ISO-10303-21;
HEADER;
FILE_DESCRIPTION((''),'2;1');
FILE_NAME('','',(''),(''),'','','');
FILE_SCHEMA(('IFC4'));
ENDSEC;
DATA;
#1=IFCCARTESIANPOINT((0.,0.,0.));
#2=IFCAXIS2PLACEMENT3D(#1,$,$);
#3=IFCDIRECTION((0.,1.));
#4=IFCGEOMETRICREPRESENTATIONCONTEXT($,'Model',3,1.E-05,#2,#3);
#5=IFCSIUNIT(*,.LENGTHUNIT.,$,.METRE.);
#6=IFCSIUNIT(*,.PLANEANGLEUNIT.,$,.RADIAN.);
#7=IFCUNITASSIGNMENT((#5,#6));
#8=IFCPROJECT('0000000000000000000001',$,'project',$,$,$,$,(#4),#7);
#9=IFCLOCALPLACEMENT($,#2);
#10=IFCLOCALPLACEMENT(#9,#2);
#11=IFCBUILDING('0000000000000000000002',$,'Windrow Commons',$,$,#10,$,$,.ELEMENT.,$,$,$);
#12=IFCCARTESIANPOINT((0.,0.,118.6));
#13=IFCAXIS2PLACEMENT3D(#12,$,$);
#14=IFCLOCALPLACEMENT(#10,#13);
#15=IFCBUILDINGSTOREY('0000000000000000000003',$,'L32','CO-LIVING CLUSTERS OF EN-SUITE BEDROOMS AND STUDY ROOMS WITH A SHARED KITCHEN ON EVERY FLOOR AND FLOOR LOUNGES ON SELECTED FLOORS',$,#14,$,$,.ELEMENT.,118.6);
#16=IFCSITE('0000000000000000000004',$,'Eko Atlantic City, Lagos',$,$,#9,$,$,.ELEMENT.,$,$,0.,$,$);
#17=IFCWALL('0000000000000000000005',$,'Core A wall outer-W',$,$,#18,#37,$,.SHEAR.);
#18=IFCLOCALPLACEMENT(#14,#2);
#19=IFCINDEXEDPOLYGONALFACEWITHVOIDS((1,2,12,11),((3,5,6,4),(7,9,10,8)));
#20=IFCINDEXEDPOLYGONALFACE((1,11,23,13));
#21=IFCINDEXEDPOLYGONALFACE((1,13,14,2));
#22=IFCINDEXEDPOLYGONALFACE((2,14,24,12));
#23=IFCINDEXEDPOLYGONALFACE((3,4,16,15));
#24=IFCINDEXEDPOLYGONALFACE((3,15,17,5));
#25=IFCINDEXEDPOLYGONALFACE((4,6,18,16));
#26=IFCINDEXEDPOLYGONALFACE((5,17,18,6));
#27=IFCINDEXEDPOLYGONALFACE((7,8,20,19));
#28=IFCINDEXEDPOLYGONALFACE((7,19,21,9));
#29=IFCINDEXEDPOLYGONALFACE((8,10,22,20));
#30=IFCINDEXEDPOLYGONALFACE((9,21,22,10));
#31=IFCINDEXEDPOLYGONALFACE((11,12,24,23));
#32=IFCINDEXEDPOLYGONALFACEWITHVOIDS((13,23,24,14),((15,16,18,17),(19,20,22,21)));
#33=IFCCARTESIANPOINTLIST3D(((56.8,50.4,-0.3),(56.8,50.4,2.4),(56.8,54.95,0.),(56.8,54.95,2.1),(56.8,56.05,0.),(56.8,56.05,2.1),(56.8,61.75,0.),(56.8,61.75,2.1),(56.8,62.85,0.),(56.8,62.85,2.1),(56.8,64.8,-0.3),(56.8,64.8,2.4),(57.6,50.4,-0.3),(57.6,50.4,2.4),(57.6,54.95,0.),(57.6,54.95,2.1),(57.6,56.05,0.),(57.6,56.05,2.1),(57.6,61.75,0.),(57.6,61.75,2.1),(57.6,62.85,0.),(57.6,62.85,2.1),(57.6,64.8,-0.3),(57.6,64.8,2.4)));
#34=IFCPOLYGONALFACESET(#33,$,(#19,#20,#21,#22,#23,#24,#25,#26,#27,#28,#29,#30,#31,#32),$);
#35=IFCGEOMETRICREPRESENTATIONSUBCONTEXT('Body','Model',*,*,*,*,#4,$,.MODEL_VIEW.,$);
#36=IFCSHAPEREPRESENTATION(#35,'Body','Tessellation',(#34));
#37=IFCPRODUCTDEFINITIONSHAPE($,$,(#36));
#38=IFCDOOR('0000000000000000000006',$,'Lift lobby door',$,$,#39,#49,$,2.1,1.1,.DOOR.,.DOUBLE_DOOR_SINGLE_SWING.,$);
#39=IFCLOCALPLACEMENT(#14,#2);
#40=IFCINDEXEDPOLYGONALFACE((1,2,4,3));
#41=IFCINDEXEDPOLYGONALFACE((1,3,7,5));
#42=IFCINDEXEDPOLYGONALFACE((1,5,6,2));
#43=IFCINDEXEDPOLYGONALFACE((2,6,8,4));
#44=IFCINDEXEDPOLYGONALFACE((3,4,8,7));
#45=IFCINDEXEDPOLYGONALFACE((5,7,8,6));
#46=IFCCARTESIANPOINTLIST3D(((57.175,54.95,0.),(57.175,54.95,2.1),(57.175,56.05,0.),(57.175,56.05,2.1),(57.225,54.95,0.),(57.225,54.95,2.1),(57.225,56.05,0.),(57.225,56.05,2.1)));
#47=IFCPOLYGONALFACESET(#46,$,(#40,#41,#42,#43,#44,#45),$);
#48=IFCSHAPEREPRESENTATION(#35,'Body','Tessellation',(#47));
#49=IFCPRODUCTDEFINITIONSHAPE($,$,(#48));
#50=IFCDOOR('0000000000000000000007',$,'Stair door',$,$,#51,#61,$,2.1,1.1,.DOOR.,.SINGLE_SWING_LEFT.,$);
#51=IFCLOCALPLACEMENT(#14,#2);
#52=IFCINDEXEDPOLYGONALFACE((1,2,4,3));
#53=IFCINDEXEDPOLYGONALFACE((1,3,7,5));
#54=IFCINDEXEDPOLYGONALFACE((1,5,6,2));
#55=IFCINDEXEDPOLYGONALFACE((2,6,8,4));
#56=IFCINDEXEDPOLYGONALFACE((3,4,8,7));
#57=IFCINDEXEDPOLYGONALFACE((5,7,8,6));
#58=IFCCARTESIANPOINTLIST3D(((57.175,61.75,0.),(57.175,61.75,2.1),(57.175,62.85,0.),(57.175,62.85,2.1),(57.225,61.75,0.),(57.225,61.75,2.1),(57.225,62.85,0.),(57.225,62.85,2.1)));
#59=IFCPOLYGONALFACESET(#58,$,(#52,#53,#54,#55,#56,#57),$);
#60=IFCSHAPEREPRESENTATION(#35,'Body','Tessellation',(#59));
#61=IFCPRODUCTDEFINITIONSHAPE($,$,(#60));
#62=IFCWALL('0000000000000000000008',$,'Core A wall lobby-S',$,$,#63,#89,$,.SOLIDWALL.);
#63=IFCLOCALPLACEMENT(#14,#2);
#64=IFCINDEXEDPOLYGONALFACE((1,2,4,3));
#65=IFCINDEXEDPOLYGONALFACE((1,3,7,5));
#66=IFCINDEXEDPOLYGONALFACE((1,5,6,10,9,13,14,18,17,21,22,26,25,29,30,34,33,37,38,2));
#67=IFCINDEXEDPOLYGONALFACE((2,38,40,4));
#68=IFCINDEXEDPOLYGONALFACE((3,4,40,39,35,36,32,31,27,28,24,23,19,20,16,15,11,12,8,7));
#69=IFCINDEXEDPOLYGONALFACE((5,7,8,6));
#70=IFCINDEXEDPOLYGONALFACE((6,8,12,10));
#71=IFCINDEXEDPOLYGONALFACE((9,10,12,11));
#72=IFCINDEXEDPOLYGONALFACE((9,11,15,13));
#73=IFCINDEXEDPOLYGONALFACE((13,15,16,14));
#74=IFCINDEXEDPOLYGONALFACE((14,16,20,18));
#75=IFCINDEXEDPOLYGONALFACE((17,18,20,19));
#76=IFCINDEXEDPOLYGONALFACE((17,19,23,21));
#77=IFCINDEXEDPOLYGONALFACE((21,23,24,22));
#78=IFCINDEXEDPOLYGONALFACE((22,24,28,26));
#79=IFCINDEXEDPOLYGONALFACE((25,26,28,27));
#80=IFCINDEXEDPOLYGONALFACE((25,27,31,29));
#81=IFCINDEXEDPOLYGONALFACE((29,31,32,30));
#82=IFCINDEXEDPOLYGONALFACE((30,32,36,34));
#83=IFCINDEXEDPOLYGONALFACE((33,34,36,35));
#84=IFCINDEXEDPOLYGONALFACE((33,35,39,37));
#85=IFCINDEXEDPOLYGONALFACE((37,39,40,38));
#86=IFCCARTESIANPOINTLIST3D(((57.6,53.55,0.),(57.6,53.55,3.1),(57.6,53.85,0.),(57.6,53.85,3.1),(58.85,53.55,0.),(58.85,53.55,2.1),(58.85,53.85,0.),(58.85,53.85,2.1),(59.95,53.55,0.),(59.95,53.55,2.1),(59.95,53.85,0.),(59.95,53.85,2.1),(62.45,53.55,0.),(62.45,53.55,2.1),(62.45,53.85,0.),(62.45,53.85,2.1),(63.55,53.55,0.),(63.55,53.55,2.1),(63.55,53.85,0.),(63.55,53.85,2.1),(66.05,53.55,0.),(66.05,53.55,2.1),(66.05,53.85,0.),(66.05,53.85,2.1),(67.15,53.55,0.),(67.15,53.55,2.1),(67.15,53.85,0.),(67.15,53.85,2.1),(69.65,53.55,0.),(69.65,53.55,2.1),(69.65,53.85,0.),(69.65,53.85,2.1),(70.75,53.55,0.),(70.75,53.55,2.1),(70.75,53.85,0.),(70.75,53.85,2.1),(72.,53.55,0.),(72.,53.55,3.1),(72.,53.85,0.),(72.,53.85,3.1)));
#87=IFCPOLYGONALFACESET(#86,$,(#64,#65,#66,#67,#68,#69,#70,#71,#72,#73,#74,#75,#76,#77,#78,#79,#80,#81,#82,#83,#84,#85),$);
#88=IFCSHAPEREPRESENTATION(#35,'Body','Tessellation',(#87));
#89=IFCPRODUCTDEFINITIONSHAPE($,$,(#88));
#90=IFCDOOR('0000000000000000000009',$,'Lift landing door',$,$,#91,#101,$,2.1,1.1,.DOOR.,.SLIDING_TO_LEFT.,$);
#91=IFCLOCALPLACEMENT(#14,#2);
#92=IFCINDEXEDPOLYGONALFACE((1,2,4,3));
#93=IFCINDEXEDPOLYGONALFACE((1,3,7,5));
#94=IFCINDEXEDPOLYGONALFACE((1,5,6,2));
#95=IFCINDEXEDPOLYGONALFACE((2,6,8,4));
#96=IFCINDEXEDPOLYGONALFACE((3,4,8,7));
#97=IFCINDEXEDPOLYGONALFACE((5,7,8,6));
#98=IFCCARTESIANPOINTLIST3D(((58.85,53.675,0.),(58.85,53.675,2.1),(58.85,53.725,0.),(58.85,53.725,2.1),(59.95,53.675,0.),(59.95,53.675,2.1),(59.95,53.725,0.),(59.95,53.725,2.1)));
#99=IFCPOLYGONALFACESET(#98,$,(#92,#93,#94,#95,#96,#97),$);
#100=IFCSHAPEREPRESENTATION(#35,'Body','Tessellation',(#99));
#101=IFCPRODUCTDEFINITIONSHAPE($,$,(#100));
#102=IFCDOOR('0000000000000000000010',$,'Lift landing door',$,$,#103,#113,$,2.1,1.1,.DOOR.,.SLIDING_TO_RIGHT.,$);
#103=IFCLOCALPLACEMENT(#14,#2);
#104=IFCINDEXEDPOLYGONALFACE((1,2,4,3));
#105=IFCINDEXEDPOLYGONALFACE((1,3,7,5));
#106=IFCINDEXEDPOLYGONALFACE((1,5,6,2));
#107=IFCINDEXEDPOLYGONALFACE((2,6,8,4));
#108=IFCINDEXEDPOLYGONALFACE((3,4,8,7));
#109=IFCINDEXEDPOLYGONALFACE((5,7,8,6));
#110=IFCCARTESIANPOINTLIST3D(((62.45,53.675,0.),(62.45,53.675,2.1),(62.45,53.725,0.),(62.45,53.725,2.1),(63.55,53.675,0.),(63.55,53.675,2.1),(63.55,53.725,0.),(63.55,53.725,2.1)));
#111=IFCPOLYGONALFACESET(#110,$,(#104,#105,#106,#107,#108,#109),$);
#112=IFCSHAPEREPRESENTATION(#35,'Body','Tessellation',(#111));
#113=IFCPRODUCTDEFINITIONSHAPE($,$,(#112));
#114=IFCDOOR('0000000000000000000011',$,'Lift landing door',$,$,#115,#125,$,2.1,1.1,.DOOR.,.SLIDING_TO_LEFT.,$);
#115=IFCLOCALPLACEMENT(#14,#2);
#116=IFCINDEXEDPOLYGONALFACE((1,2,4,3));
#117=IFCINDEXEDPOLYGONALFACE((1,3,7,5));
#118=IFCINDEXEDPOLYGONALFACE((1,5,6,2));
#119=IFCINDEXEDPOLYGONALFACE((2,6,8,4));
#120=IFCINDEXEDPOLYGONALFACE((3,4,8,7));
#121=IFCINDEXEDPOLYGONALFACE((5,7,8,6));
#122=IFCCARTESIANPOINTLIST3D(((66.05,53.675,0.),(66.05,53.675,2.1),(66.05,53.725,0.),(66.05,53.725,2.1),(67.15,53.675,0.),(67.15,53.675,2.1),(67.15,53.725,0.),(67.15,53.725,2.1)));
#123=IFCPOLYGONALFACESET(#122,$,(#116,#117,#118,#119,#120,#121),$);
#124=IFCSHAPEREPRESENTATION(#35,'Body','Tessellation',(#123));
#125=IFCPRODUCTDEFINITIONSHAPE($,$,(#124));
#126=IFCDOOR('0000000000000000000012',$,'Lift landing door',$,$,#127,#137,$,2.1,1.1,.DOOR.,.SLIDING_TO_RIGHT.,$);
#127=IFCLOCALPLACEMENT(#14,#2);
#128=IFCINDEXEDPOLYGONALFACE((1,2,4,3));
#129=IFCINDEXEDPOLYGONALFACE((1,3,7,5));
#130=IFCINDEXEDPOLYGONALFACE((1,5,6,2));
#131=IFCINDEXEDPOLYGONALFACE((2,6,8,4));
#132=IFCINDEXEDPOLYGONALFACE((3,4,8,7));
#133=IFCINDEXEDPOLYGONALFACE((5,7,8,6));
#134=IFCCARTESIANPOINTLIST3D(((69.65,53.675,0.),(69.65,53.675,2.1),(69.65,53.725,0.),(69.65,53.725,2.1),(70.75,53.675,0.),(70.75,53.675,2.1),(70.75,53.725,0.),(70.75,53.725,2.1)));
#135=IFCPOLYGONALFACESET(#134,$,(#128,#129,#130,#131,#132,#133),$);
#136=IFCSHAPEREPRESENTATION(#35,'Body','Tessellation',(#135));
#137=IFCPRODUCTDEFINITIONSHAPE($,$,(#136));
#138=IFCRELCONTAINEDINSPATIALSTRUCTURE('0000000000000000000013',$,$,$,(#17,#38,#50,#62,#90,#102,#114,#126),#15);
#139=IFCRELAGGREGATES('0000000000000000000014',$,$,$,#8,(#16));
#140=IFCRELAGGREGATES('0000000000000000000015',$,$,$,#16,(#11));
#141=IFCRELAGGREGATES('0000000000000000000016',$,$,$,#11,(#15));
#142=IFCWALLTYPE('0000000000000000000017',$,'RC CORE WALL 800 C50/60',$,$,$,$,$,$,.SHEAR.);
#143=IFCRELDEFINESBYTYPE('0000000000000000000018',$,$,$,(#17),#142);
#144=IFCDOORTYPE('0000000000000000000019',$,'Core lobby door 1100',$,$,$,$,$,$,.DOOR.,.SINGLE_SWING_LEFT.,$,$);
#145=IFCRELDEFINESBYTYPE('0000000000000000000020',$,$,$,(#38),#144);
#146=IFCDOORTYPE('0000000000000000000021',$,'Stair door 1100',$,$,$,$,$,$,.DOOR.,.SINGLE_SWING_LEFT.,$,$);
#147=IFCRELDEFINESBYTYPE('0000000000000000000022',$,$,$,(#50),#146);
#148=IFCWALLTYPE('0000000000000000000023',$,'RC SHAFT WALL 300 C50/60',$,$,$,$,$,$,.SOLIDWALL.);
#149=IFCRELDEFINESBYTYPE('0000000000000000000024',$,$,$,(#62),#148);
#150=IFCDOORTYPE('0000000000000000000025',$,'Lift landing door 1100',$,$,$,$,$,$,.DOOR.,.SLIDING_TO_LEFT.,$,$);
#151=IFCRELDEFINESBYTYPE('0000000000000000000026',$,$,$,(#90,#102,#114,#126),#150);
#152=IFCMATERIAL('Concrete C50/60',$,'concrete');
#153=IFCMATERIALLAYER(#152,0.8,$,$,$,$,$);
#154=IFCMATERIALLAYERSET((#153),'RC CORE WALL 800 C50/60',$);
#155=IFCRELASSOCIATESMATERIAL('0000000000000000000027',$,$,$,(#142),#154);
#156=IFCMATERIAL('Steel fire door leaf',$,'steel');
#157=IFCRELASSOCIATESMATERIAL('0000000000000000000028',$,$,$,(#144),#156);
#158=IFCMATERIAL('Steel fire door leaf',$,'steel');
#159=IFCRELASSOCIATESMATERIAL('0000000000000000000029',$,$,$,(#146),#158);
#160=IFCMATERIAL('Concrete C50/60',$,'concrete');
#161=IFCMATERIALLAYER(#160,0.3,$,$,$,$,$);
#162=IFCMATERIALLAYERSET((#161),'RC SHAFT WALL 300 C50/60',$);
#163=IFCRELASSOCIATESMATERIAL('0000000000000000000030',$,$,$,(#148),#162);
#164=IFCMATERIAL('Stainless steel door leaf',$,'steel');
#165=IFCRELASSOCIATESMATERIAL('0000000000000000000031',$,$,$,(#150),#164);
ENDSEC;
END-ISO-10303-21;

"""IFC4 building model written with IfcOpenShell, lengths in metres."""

from ifc_helpers import new_model, si_unit, direction, frame, frame_2d, origin, place, context, subcontext, project, spatial, rectangle, extrude, material, layer, layer_set, type_object, element, fill, save


model = new_model("IFC4")

# Units and contexts
model_context = context("Model", 3, precision=1e-05, world=origin(), true_north=direction((0.0, 1.0)))
body_context = subcontext(model_context, "Body", "Model", "MODEL_VIEW")
ifc_project = project(units=[si_unit("LENGTHUNIT", "METRE"), si_unit("PLANEANGLEUNIT", "RADIAN")], contexts=[model_context])

# Site, building, storey
site_placement = place(None, origin())
site = spatial("IfcSite", under=ifc_project, at=site_placement, Name="Eko Atlantic City, Lagos", CompositionType="ELEMENT", RefElevation=0.0)
building_placement = place(site_placement, origin())
building = spatial("IfcBuilding", under=site, at=building_placement, Name="Windrow Commons", CompositionType="ELEMENT")
storey_placement = place(building_placement, frame((0.0, 0.0, 118.6)))
storey = spatial("IfcBuildingStorey", under=building, at=storey_placement, Name="L32", Description="CO-LIVING CLUSTERS OF EN-SUITE BEDROOMS AND STUDY ROOMS WITH A SHARED KITCHEN ON EVERY FLOOR AND FLOOR LOUNGES ON SELECTED FLOORS", CompositionType="ELEMENT", Elevation=118.6)

# Shared definitions
ifc_material_1 = material(Name="Concrete C50/60", Category="concrete")
ifc_layer_1 = layer(ifc_material_1, 0.8)
ifc_layer_set_1 = layer_set([ifc_layer_1], Name="RC CORE WALL 800 C50/60")
wall_type_1 = type_object("IfcWallType", Name="RC CORE WALL 800 C50/60", PredefinedType="SHEAR", material=ifc_layer_set_1)

# Walls, openings, doors
wall_1_placement = place(storey_placement, frame((57.2, 50.4, -0.3), z_axis=(0.0, 0.0, 1.0), x_axis=(0.0, 1.0, 0.0)))
wall_1 = element("IfcWall", 1, at=wall_1_placement, inside=storey, type_object=wall_type_1, Name="Core A wall outer-W", PredefinedType="SHEAR", context=body_context, shape_type="SweptSolid", body=[
    extrude(rectangle(XDim=14.4, YDim=0.8, at=frame_2d((7.2, 0.0))), origin(), (0.0, 0.0, 1.0), 2.7),
])
opening_1_placement = place(wall_1_placement, frame((4.55, 0.0, 0.3)))
opening_1 = element("IfcOpeningElement", 2, at=opening_1_placement, cuts=wall_1, PredefinedType="OPENING", context=body_context, shape_type="SweptSolid", body=[
    extrude(rectangle(XDim=1.1, YDim=2.1, at=frame_2d((0.55, 1.05))), frame((0.0, 0.41, 0.0), z_axis=(0.0, -1.0, 0.0), x_axis=(1.0, 0.0, 0.0)), (0.0, 0.0, 1.0), 0.82),
])
opening_2_placement = place(wall_1_placement, frame((11.35, 0.0, 0.3)))
opening_2 = element("IfcOpeningElement", 3, at=opening_2_placement, cuts=wall_1, PredefinedType="OPENING", context=body_context, shape_type="SweptSolid", body=[
    extrude(rectangle(XDim=1.1, YDim=2.1, at=frame_2d((0.55, 1.05))), frame((0.0, 0.41, 0.0), z_axis=(0.0, -1.0, 0.0), x_axis=(1.0, 0.0, 0.0)), (0.0, 0.0, 1.0), 0.82),
])
ifc_material_2 = material(Name="Steel fire door leaf", Category="steel")
door_type_1 = type_object("IfcDoorType", Name="Core lobby door 1100", OperationType="SINGLE_SWING_LEFT", PredefinedType="DOOR", material=ifc_material_2)
door_1_placement = place(opening_1_placement, origin())
door_1 = element("IfcDoor", 4, at=door_1_placement, inside=storey, type_object=door_type_1, Name="Lift lobby door", OperationType="DOUBLE_DOOR_SINGLE_SWING", OverallHeight=2.1, OverallWidth=1.1, PredefinedType="DOOR", context=body_context, shape_type="SweptSolid", body=[
    extrude(rectangle(XDim=1.1, YDim=2.1, at=frame_2d((0.55, 1.05))), frame((0.0, 0.025, 0.0), z_axis=(0.0, -1.0, 0.0), x_axis=(1.0, 0.0, 0.0)), (0.0, 0.0, 1.0), 0.05),
])
fill(opening_1, door_1)
ifc_material_3 = material(Name="Steel fire door leaf", Category="steel")
door_type_2 = type_object("IfcDoorType", Name="Stair door 1100", OperationType="SINGLE_SWING_LEFT", PredefinedType="DOOR", material=ifc_material_3)
door_2_placement = place(opening_2_placement, origin())
door_2 = element("IfcDoor", 5, at=door_2_placement, inside=storey, type_object=door_type_2, Name="Stair door", OperationType="SINGLE_SWING_LEFT", OverallHeight=2.1, OverallWidth=1.1, PredefinedType="DOOR", context=body_context, shape_type="SweptSolid", body=[
    extrude(rectangle(XDim=1.1, YDim=2.1, at=frame_2d((0.55, 1.05))), frame((0.0, 0.025, 0.0), z_axis=(0.0, -1.0, 0.0), x_axis=(1.0, 0.0, 0.0)), (0.0, 0.0, 1.0), 0.05),
])
fill(opening_2, door_2)
ifc_material_4 = material(Name="Concrete C50/60", Category="concrete")
ifc_layer_2 = layer(ifc_material_4, 0.3)
ifc_layer_set_2 = layer_set([ifc_layer_2], Name="RC SHAFT WALL 300 C50/60")
wall_type_2 = type_object("IfcWallType", Name="RC SHAFT WALL 300 C50/60", PredefinedType="SOLIDWALL", material=ifc_layer_set_2)
wall_2_placement = place(storey_placement, frame((57.6, 53.7, 0.0), z_axis=(0.0, 0.0, 1.0), x_axis=(1.0, 0.0, 0.0)))
wall_2 = element("IfcWall", 6, at=wall_2_placement, inside=storey, type_object=wall_type_2, Name="Core A wall lobby-S", PredefinedType="SOLIDWALL", context=body_context, shape_type="SweptSolid", body=[
    extrude(rectangle(XDim=14.4, YDim=0.3, at=frame_2d((7.2, 0.0))), origin(), (0.0, 0.0, 1.0), 3.1),
])
opening_3_placement = place(wall_2_placement, frame((1.25, 0.0, 0.0)))
opening_3 = element("IfcOpeningElement", 7, at=opening_3_placement, cuts=wall_2, PredefinedType="OPENING", context=body_context, shape_type="SweptSolid", body=[
    extrude(rectangle(XDim=1.1, YDim=2.1, at=frame_2d((0.55, 1.05))), frame((0.0, 0.16, 0.0), z_axis=(0.0, -1.0, 0.0), x_axis=(1.0, 0.0, 0.0)), (0.0, 0.0, 1.0), 0.32),
])
opening_4_placement = place(wall_2_placement, frame((4.85, 0.0, 0.0)))
opening_4 = element("IfcOpeningElement", 8, at=opening_4_placement, cuts=wall_2, PredefinedType="OPENING", context=body_context, shape_type="SweptSolid", body=[
    extrude(rectangle(XDim=1.1, YDim=2.1, at=frame_2d((0.55, 1.05))), frame((0.0, 0.16, 0.0), z_axis=(0.0, -1.0, 0.0), x_axis=(1.0, 0.0, 0.0)), (0.0, 0.0, 1.0), 0.32),
])
opening_5_placement = place(wall_2_placement, frame((8.45, 0.0, 0.0)))
opening_5 = element("IfcOpeningElement", 9, at=opening_5_placement, cuts=wall_2, PredefinedType="OPENING", context=body_context, shape_type="SweptSolid", body=[
    extrude(rectangle(XDim=1.1, YDim=2.1, at=frame_2d((0.55, 1.05))), frame((0.0, 0.16, 0.0), z_axis=(0.0, -1.0, 0.0), x_axis=(1.0, 0.0, 0.0)), (0.0, 0.0, 1.0), 0.32),
])
opening_6_placement = place(wall_2_placement, frame((12.05, 0.0, 0.0)))
opening_6 = element("IfcOpeningElement", 10, at=opening_6_placement, cuts=wall_2, PredefinedType="OPENING", context=body_context, shape_type="SweptSolid", body=[
    extrude(rectangle(XDim=1.1, YDim=2.1, at=frame_2d((0.55, 1.05))), frame((0.0, 0.16, 0.0), z_axis=(0.0, -1.0, 0.0), x_axis=(1.0, 0.0, 0.0)), (0.0, 0.0, 1.0), 0.32),
])
ifc_material_5 = material(Name="Stainless steel door leaf", Category="steel")
door_type_3 = type_object("IfcDoorType", Name="Lift landing door 1100", OperationType="SLIDING_TO_LEFT", PredefinedType="DOOR", material=ifc_material_5)
door_3_placement = place(opening_3_placement, origin())
door_3 = element("IfcDoor", 11, at=door_3_placement, inside=storey, type_object=door_type_3, Name="Lift landing door", OperationType="SLIDING_TO_LEFT", OverallHeight=2.1, OverallWidth=1.1, PredefinedType="DOOR", context=body_context, shape_type="SweptSolid", body=[
    extrude(rectangle(XDim=1.1, YDim=2.1, at=frame_2d((0.55, 1.05))), frame((0.0, 0.025, 0.0), z_axis=(0.0, -1.0, 0.0), x_axis=(1.0, 0.0, 0.0)), (0.0, 0.0, 1.0), 0.05),
])
fill(opening_3, door_3)
door_4_placement = place(opening_4_placement, origin())
door_4 = element("IfcDoor", 12, at=door_4_placement, inside=storey, type_object=door_type_3, Name="Lift landing door", OperationType="SLIDING_TO_RIGHT", OverallHeight=2.1, OverallWidth=1.1, PredefinedType="DOOR", context=body_context, shape_type="SweptSolid", body=[
    extrude(rectangle(XDim=1.1, YDim=2.1, at=frame_2d((0.55, 1.05))), frame((0.0, 0.025, 0.0), z_axis=(0.0, -1.0, 0.0), x_axis=(1.0, 0.0, 0.0)), (0.0, 0.0, 1.0), 0.05),
])
fill(opening_4, door_4)
door_5_placement = place(opening_5_placement, origin())
door_5 = element("IfcDoor", 13, at=door_5_placement, inside=storey, type_object=door_type_3, Name="Lift landing door", OperationType="SLIDING_TO_LEFT", OverallHeight=2.1, OverallWidth=1.1, PredefinedType="DOOR", context=body_context, shape_type="SweptSolid", body=[
    extrude(rectangle(XDim=1.1, YDim=2.1, at=frame_2d((0.55, 1.05))), frame((0.0, 0.025, 0.0), z_axis=(0.0, -1.0, 0.0), x_axis=(1.0, 0.0, 0.0)), (0.0, 0.0, 1.0), 0.05),
])
fill(opening_5, door_5)
door_6_placement = place(opening_6_placement, origin())
door_6 = element("IfcDoor", 14, at=door_6_placement, inside=storey, type_object=door_type_3, Name="Lift landing door", OperationType="SLIDING_TO_RIGHT", OverallHeight=2.1, OverallWidth=1.1, PredefinedType="DOOR", context=body_context, shape_type="SweptSolid", body=[
    extrude(rectangle(XDim=1.1, YDim=2.1, at=frame_2d((0.55, 1.05))), frame((0.0, 0.025, 0.0), z_axis=(0.0, -1.0, 0.0), x_axis=(1.0, 0.0, 0.0)), (0.0, 0.0, 1.0), 0.05),
])
fill(opening_6, door_6)

save(model, "model.ifc")
